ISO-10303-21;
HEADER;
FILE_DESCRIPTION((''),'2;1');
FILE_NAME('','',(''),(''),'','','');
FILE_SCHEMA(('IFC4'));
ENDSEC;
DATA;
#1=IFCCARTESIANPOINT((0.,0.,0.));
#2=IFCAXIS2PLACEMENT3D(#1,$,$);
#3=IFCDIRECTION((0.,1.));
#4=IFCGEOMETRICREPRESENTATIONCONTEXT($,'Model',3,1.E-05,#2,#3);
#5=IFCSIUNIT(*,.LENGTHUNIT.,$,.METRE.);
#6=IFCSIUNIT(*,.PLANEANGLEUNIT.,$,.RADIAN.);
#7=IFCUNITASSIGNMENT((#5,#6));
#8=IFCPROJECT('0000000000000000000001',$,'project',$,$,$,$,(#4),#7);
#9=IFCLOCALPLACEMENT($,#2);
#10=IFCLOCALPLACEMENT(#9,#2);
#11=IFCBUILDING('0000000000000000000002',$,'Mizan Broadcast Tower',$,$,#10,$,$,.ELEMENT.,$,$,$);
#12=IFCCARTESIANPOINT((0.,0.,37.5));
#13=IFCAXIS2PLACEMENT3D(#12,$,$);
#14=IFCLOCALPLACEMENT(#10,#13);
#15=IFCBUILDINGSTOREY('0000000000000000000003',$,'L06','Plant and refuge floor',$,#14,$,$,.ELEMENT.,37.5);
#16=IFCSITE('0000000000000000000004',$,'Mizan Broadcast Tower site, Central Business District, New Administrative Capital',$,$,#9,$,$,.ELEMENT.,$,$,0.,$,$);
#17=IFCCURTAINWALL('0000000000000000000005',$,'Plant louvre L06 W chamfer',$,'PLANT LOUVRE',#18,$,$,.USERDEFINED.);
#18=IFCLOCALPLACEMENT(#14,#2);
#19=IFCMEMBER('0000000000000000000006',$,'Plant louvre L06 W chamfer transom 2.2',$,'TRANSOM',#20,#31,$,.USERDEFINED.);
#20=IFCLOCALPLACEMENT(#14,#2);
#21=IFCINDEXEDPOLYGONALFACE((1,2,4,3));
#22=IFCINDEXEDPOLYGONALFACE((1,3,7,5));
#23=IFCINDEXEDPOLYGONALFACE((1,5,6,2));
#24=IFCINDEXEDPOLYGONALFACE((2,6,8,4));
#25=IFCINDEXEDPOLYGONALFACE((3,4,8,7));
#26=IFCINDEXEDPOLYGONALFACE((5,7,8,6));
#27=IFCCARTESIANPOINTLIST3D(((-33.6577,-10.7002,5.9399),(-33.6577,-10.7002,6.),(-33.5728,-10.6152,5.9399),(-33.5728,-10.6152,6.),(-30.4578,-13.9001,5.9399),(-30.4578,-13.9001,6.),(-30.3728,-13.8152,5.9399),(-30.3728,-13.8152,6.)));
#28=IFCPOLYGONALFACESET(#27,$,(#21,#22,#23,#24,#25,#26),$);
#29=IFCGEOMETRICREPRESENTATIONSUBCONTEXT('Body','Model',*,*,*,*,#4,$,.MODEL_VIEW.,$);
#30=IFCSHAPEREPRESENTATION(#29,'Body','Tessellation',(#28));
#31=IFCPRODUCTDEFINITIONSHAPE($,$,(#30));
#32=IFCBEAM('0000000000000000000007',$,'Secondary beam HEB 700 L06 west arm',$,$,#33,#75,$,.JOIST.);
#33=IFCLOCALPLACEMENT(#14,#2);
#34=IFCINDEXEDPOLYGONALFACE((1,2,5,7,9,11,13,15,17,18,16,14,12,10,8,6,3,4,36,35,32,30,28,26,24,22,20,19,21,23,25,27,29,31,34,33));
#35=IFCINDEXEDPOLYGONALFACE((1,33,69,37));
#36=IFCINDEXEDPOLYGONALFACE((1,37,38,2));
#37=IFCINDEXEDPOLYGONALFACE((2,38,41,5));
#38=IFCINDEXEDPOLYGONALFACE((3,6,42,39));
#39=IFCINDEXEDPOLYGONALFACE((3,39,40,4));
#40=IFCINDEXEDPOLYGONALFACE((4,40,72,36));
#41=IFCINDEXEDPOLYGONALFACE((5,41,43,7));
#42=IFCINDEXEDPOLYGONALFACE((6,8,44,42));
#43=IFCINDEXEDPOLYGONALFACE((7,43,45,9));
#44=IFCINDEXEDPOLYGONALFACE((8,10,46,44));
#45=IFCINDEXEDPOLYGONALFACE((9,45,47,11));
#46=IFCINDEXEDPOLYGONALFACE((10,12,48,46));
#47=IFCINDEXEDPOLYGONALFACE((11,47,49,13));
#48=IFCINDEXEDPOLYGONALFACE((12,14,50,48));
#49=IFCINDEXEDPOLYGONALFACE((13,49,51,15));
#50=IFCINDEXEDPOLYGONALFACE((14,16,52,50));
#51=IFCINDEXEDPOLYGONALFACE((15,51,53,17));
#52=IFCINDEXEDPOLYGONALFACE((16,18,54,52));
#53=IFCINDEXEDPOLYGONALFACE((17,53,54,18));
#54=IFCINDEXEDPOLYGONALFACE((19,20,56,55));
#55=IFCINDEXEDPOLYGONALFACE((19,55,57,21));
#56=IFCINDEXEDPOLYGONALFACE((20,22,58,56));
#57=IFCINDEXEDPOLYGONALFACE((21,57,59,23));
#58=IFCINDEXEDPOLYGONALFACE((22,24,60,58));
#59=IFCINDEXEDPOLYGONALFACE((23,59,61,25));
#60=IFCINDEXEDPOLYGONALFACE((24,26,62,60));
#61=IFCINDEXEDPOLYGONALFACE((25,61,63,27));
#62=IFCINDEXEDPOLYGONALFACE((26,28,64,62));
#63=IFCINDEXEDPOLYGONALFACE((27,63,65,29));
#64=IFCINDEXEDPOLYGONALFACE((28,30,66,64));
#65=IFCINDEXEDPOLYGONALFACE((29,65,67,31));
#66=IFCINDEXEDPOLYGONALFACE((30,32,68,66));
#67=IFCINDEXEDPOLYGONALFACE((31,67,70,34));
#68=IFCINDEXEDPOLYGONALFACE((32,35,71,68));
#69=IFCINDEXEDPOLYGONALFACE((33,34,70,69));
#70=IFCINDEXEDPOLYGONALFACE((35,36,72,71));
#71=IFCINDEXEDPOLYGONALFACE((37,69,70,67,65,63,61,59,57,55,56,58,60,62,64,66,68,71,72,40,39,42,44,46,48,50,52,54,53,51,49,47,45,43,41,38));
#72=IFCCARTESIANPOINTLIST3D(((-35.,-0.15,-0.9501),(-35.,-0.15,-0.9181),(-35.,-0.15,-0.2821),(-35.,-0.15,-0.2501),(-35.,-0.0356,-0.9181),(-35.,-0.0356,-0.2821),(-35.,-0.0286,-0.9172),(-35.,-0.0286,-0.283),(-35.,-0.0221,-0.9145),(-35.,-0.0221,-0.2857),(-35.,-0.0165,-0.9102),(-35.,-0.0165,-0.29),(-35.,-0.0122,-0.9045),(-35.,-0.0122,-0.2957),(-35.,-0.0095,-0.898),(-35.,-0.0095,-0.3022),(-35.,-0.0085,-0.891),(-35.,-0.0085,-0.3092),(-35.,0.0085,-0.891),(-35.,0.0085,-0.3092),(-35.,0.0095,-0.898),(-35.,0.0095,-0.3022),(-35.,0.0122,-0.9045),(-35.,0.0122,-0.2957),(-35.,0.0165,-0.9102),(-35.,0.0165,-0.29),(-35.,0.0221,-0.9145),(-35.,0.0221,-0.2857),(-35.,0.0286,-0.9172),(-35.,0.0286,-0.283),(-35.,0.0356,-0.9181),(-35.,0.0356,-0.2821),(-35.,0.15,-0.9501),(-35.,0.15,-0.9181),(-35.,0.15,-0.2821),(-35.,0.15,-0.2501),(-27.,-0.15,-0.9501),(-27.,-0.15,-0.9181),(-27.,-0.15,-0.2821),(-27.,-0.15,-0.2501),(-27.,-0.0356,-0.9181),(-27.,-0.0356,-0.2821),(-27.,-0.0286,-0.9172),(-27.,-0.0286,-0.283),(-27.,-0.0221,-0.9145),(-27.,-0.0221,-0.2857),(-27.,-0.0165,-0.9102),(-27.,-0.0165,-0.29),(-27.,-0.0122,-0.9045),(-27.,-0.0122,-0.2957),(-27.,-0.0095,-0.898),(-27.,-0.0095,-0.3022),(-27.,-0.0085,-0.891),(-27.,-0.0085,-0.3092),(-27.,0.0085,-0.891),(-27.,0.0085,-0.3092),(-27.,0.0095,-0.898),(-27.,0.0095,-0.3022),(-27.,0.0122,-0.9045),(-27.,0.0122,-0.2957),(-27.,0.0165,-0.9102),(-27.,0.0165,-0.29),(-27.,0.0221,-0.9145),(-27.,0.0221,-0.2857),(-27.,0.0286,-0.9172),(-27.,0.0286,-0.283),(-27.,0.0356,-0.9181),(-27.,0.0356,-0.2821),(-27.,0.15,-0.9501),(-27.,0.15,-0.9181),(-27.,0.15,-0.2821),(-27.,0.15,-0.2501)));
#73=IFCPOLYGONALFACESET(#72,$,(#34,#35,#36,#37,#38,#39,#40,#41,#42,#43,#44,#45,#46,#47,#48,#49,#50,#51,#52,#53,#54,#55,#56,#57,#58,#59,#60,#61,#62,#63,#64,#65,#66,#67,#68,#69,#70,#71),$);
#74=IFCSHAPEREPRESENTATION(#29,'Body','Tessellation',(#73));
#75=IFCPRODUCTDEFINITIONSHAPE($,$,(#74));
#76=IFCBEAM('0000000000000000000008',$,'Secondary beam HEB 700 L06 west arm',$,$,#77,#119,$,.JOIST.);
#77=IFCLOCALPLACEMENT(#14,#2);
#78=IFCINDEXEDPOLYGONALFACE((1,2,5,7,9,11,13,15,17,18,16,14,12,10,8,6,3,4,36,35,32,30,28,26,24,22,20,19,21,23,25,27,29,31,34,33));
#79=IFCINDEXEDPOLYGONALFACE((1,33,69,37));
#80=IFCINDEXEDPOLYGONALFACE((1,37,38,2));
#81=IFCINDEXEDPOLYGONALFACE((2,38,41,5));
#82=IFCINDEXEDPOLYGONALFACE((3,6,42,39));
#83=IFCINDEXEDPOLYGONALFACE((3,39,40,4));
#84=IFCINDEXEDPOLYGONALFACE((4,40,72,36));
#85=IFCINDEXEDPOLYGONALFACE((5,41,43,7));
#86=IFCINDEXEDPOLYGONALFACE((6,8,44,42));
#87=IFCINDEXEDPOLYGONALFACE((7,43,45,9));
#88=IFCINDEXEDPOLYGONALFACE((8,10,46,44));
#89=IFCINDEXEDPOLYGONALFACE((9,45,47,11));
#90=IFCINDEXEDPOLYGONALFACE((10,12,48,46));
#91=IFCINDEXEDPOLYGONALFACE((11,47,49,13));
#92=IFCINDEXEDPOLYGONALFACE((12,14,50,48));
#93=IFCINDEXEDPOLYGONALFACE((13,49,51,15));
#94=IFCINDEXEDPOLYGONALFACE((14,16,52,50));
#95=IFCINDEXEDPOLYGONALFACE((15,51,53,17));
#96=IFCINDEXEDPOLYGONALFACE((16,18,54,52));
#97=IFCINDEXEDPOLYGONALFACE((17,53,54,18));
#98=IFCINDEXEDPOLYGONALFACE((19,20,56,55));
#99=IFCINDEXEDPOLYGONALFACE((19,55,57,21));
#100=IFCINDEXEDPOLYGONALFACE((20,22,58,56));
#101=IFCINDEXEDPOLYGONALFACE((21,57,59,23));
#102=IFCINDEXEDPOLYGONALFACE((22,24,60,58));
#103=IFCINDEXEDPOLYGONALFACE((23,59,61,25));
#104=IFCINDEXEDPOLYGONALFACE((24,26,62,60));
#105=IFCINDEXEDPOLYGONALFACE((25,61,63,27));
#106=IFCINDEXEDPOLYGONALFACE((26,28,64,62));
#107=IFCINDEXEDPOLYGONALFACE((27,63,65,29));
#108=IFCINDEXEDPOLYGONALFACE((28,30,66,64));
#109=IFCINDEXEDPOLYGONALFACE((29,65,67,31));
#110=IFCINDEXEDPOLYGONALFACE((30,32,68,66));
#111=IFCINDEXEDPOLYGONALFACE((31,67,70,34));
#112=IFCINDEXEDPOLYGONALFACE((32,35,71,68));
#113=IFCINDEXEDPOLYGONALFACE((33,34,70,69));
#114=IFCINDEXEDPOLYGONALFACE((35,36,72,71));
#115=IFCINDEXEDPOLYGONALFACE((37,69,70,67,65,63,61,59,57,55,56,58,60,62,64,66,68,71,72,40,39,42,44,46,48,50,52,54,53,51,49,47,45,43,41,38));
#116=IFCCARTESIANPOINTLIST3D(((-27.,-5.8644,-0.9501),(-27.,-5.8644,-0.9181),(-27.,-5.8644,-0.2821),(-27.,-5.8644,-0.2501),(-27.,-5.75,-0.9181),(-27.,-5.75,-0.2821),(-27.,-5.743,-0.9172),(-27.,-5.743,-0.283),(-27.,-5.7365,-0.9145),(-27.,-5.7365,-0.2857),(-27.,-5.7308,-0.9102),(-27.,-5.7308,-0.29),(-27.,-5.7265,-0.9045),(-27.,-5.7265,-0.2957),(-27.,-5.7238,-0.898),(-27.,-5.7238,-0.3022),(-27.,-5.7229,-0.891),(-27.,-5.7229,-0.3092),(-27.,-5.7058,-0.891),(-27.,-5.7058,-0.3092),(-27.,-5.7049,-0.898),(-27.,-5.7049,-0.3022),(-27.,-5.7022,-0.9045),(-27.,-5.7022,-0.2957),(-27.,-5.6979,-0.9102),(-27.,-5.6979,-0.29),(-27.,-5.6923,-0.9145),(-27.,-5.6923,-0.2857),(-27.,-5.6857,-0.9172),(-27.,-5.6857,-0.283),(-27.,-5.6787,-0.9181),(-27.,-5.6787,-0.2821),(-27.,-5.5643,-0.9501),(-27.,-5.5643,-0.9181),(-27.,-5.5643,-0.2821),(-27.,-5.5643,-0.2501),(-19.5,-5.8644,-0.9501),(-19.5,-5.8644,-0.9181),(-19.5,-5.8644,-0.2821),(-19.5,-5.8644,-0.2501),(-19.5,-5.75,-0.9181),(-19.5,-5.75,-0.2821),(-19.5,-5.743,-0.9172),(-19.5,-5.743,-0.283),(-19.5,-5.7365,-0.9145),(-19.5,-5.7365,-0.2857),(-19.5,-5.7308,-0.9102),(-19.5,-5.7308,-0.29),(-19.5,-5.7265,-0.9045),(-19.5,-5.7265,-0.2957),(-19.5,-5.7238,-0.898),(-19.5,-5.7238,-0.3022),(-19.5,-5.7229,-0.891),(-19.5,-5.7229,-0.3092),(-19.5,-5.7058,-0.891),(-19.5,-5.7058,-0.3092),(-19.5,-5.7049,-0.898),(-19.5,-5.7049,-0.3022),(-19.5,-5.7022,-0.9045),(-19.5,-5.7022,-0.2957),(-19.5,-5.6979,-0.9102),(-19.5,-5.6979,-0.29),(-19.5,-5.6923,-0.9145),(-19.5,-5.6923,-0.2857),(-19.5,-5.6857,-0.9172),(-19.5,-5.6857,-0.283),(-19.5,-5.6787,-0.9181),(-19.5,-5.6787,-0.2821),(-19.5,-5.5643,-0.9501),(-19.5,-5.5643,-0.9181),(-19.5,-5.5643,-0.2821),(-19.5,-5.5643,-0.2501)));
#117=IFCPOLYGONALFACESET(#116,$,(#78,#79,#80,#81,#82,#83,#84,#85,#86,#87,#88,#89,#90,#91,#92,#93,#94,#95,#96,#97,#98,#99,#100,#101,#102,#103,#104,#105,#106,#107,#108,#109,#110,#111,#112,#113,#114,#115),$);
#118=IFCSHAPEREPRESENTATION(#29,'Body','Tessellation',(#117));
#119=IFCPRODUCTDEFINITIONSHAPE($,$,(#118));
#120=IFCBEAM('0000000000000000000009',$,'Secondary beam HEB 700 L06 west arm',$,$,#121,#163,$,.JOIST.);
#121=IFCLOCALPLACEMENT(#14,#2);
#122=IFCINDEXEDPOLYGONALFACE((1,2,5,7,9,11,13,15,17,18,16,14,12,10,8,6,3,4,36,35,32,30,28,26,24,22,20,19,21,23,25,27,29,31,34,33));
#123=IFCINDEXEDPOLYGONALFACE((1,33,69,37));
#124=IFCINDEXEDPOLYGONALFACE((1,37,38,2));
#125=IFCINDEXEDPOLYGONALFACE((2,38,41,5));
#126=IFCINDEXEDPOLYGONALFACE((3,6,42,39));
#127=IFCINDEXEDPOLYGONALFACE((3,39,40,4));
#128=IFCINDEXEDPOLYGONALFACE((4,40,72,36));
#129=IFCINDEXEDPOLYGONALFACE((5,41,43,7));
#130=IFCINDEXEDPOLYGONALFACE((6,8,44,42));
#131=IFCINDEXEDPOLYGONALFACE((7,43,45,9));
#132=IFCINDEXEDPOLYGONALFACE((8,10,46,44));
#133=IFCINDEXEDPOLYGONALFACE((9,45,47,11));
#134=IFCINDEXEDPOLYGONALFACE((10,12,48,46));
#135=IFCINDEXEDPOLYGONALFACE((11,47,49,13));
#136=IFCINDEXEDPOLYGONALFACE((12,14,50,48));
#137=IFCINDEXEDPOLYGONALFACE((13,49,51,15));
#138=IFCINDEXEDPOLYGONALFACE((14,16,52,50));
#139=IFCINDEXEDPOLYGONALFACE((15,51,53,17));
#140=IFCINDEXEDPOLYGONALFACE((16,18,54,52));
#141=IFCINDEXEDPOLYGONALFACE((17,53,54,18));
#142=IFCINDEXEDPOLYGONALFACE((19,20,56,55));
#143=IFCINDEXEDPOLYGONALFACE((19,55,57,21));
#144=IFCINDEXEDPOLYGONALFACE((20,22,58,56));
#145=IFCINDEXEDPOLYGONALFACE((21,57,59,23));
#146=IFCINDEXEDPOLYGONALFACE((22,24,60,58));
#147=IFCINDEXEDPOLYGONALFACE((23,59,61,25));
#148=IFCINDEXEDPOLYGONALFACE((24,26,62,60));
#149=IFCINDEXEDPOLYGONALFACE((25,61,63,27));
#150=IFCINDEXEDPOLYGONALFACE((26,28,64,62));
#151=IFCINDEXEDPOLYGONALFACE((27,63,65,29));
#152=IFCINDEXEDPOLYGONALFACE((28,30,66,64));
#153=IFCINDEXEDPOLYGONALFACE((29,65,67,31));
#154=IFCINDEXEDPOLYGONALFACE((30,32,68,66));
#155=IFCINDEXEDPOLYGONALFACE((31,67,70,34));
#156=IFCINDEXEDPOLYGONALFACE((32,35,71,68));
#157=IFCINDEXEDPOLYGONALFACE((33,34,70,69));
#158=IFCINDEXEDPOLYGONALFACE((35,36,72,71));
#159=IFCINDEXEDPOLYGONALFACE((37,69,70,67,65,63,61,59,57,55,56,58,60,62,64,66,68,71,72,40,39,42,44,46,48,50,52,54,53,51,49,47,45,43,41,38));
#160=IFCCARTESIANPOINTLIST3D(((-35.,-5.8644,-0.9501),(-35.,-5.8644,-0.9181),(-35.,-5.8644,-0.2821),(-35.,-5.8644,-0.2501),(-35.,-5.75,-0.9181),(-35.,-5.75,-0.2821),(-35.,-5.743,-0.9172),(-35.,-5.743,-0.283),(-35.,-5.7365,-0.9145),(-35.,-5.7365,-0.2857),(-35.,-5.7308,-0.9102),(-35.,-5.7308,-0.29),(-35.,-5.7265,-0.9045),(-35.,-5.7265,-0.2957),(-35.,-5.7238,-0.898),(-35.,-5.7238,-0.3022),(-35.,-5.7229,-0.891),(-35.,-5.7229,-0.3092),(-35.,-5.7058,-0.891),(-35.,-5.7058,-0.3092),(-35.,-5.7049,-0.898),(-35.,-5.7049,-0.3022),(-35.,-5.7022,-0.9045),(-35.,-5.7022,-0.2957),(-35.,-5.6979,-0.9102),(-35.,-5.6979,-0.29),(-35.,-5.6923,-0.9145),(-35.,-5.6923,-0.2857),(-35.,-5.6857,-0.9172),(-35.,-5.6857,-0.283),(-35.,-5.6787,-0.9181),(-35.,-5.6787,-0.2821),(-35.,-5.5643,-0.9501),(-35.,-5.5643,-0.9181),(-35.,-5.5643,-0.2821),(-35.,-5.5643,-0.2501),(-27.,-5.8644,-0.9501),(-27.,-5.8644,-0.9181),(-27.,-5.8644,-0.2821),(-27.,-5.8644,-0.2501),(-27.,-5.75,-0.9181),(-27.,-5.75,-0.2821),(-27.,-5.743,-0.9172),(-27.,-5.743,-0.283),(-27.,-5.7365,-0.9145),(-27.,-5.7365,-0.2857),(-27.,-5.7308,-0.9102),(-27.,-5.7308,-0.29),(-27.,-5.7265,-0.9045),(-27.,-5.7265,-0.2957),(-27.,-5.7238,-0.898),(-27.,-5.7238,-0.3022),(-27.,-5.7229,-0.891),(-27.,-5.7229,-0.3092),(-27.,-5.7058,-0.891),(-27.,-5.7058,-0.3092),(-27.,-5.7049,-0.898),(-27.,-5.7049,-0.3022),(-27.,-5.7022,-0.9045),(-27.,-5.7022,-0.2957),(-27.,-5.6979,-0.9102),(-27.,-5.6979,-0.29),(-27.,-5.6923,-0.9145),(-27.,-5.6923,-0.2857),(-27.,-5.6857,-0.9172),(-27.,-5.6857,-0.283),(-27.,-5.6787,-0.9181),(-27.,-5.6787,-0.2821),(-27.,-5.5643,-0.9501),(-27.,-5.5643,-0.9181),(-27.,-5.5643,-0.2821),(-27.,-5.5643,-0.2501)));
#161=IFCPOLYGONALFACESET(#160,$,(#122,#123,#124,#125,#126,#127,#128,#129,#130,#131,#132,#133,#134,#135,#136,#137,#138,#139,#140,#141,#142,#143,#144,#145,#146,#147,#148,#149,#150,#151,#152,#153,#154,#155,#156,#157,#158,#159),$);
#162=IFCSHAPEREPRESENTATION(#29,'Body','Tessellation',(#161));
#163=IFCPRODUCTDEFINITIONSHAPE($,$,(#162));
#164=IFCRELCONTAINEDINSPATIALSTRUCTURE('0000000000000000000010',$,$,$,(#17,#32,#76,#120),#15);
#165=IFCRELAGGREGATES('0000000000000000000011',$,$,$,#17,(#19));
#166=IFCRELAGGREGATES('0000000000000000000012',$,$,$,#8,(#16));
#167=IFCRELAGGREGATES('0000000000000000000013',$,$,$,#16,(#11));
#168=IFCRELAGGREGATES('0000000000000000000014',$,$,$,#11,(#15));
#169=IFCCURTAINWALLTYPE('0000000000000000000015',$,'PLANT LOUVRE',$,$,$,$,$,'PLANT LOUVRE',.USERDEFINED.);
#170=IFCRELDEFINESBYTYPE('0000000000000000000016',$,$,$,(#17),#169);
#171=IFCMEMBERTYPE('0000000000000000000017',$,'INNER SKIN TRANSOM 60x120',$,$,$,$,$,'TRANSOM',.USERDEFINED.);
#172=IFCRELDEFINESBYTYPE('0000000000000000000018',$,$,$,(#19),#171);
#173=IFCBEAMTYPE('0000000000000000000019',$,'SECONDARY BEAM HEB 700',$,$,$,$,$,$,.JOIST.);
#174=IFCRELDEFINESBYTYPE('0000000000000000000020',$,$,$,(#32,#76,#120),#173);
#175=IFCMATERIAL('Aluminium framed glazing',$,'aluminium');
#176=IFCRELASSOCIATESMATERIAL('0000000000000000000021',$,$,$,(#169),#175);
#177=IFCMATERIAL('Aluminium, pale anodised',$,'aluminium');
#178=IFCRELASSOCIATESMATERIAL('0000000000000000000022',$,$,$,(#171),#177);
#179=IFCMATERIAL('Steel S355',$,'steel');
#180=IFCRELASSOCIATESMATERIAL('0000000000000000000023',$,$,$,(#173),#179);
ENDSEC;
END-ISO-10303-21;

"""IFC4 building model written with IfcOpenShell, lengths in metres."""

from ifc_helpers import new_model, si_unit, direction, frame, origin, origin_2d, place, context, subcontext, project, spatial, rectangle, i_section, extrude, material, material_profile, profile_set, type_object, element, aggregate, save


model = new_model("IFC4")

# Units and contexts
model_context = context("Model", 3, precision=1e-05, world=origin(), true_north=direction((0.0, 1.0)))
body_context = subcontext(model_context, "Body", "Model", "MODEL_VIEW")
ifc_project = project(units=[si_unit("LENGTHUNIT", "METRE"), si_unit("PLANEANGLEUNIT", "RADIAN")], contexts=[model_context])

# Site, building, storey
site_placement = place(None, origin())
site = spatial("IfcSite", under=ifc_project, at=site_placement, Name="Mizan Broadcast Tower site, Central Business District, New Administrative Capital", CompositionType="ELEMENT", RefElevation=0.0)
building_placement = place(site_placement, origin())
building = spatial("IfcBuilding", under=site, at=building_placement, Name="Mizan Broadcast Tower", CompositionType="ELEMENT")
storey_placement = place(building_placement, frame((0.0, 0.0, 37.5)))
storey = spatial("IfcBuildingStorey", under=building, at=storey_placement, Name="L06", Description="Plant and refuge floor", CompositionType="ELEMENT", Elevation=37.5)

# Shared definitions
ifc_material_1 = material(Name="Aluminium framed glazing", Category="aluminium")
curtain_wall_type = type_object("IfcCurtainWallType", Name="PLANT LOUVRE", ElementType="PLANT LOUVRE", PredefinedType="USERDEFINED", material=ifc_material_1)

# Curtain wall
curtain_wall_1_placement = place(storey_placement, origin())
curtain_wall_1 = element("IfcCurtainWall", 1, at=curtain_wall_1_placement, inside=storey, type_object=curtain_wall_type, Name="Plant louvre L06 W chamfer", ObjectType="PLANT LOUVRE", PredefinedType="USERDEFINED")

# Member
ifc_material_2 = material(Name="Aluminium, pale anodised", Category="aluminium")
ifc_material_profile_1 = material_profile(ifc_material_2, rectangle(XDim=0.1201, YDim=0.0601, at=origin_2d()), Name="TRANSOM 120x60")
ifc_profile_set_1 = profile_set([ifc_material_profile_1], Name="Aluminium, pale anodised")
member_type_1 = type_object("IfcMemberType", Name="INNER SKIN TRANSOM 60x120", ElementType="TRANSOM", PredefinedType="USERDEFINED", material=ifc_profile_set_1)
member_1_placement = place(storey_placement, frame((-33.6152, -10.6577, 5.97), z_axis=(0.707107, -0.707107, 0.0), x_axis=(0.707107, 0.707107, 0.0)))
member_1 = element("IfcMember", 2, at=member_1_placement, type_object=member_type_1, Name="Plant louvre L06 W chamfer transom 2.2", ObjectType="TRANSOM", PredefinedType="USERDEFINED", context=body_context, shape_type="SweptSolid", body=[
    extrude(rectangle(XDim=0.1201, YDim=0.0601, at=origin_2d()), origin(), (0.0, 0.0, 1.0), 4.5254),
])

# Beams
ifc_material_3 = material(Name="Steel S355", Category="steel")
ifc_material_profile_2 = material_profile(ifc_material_3, i_section(OverallWidth=0.3, OverallDepth=0.7, WebThickness=0.0171, FlangeThickness=0.032, FilletRadius=0.0271, at=origin_2d()), Name="HEB 700")
ifc_profile_set_2 = profile_set([ifc_material_profile_2], Name="Steel S355")
beam_type_1 = type_object("IfcBeamType", Name="SECONDARY BEAM HEB 700", PredefinedType="JOIST", material=ifc_profile_set_2)
beam_1_placement = place(storey_placement, frame((-27.0, 0.0, -0.6001), z_axis=(-1.0, 0.0, 0.0), x_axis=(0.0, -1.0, 0.0)))
element("IfcBeam", 3, at=beam_1_placement, inside=storey, type_object=beam_type_1, Name="Secondary beam HEB 700 L06 west arm", PredefinedType="JOIST", context=body_context, shape_type="SweptSolid", body=[
    extrude(i_section(OverallWidth=0.3, OverallDepth=0.7, WebThickness=0.0171, FlangeThickness=0.032, FilletRadius=0.0271, at=origin_2d()), origin(), (0.0, 0.0, 1.0), 8.0),
])
beam_2_placement = place(storey_placement, frame((-19.5, -5.7144, -0.6001), z_axis=(-1.0, 0.0, 0.0), x_axis=(0.0, -1.0, 0.0)))
element("IfcBeam", 4, at=beam_2_placement, inside=storey, type_object=beam_type_1, Name="Secondary beam HEB 700 L06 west arm", PredefinedType="JOIST", context=body_context, shape_type="SweptSolid", body=[
    extrude(i_section(OverallWidth=0.3, OverallDepth=0.7, WebThickness=0.0171, FlangeThickness=0.032, FilletRadius=0.0271, at=origin_2d()), origin(), (0.0, 0.0, 1.0), 7.5),
])
beam_3_placement = place(storey_placement, frame((-27.0, -5.7144, -0.6001), z_axis=(-1.0, 0.0, 0.0), x_axis=(0.0, -1.0, 0.0)))
element("IfcBeam", 5, at=beam_3_placement, inside=storey, type_object=beam_type_1, Name="Secondary beam HEB 700 L06 west arm", PredefinedType="JOIST", context=body_context, shape_type="SweptSolid", body=[
    extrude(i_section(OverallWidth=0.3, OverallDepth=0.7, WebThickness=0.0171, FlangeThickness=0.032, FilletRadius=0.0271, at=origin_2d()), origin(), (0.0, 0.0, 1.0), 8.0),
])

aggregate(curtain_wall_1, [member_1])

save(model, "model.ifc")
